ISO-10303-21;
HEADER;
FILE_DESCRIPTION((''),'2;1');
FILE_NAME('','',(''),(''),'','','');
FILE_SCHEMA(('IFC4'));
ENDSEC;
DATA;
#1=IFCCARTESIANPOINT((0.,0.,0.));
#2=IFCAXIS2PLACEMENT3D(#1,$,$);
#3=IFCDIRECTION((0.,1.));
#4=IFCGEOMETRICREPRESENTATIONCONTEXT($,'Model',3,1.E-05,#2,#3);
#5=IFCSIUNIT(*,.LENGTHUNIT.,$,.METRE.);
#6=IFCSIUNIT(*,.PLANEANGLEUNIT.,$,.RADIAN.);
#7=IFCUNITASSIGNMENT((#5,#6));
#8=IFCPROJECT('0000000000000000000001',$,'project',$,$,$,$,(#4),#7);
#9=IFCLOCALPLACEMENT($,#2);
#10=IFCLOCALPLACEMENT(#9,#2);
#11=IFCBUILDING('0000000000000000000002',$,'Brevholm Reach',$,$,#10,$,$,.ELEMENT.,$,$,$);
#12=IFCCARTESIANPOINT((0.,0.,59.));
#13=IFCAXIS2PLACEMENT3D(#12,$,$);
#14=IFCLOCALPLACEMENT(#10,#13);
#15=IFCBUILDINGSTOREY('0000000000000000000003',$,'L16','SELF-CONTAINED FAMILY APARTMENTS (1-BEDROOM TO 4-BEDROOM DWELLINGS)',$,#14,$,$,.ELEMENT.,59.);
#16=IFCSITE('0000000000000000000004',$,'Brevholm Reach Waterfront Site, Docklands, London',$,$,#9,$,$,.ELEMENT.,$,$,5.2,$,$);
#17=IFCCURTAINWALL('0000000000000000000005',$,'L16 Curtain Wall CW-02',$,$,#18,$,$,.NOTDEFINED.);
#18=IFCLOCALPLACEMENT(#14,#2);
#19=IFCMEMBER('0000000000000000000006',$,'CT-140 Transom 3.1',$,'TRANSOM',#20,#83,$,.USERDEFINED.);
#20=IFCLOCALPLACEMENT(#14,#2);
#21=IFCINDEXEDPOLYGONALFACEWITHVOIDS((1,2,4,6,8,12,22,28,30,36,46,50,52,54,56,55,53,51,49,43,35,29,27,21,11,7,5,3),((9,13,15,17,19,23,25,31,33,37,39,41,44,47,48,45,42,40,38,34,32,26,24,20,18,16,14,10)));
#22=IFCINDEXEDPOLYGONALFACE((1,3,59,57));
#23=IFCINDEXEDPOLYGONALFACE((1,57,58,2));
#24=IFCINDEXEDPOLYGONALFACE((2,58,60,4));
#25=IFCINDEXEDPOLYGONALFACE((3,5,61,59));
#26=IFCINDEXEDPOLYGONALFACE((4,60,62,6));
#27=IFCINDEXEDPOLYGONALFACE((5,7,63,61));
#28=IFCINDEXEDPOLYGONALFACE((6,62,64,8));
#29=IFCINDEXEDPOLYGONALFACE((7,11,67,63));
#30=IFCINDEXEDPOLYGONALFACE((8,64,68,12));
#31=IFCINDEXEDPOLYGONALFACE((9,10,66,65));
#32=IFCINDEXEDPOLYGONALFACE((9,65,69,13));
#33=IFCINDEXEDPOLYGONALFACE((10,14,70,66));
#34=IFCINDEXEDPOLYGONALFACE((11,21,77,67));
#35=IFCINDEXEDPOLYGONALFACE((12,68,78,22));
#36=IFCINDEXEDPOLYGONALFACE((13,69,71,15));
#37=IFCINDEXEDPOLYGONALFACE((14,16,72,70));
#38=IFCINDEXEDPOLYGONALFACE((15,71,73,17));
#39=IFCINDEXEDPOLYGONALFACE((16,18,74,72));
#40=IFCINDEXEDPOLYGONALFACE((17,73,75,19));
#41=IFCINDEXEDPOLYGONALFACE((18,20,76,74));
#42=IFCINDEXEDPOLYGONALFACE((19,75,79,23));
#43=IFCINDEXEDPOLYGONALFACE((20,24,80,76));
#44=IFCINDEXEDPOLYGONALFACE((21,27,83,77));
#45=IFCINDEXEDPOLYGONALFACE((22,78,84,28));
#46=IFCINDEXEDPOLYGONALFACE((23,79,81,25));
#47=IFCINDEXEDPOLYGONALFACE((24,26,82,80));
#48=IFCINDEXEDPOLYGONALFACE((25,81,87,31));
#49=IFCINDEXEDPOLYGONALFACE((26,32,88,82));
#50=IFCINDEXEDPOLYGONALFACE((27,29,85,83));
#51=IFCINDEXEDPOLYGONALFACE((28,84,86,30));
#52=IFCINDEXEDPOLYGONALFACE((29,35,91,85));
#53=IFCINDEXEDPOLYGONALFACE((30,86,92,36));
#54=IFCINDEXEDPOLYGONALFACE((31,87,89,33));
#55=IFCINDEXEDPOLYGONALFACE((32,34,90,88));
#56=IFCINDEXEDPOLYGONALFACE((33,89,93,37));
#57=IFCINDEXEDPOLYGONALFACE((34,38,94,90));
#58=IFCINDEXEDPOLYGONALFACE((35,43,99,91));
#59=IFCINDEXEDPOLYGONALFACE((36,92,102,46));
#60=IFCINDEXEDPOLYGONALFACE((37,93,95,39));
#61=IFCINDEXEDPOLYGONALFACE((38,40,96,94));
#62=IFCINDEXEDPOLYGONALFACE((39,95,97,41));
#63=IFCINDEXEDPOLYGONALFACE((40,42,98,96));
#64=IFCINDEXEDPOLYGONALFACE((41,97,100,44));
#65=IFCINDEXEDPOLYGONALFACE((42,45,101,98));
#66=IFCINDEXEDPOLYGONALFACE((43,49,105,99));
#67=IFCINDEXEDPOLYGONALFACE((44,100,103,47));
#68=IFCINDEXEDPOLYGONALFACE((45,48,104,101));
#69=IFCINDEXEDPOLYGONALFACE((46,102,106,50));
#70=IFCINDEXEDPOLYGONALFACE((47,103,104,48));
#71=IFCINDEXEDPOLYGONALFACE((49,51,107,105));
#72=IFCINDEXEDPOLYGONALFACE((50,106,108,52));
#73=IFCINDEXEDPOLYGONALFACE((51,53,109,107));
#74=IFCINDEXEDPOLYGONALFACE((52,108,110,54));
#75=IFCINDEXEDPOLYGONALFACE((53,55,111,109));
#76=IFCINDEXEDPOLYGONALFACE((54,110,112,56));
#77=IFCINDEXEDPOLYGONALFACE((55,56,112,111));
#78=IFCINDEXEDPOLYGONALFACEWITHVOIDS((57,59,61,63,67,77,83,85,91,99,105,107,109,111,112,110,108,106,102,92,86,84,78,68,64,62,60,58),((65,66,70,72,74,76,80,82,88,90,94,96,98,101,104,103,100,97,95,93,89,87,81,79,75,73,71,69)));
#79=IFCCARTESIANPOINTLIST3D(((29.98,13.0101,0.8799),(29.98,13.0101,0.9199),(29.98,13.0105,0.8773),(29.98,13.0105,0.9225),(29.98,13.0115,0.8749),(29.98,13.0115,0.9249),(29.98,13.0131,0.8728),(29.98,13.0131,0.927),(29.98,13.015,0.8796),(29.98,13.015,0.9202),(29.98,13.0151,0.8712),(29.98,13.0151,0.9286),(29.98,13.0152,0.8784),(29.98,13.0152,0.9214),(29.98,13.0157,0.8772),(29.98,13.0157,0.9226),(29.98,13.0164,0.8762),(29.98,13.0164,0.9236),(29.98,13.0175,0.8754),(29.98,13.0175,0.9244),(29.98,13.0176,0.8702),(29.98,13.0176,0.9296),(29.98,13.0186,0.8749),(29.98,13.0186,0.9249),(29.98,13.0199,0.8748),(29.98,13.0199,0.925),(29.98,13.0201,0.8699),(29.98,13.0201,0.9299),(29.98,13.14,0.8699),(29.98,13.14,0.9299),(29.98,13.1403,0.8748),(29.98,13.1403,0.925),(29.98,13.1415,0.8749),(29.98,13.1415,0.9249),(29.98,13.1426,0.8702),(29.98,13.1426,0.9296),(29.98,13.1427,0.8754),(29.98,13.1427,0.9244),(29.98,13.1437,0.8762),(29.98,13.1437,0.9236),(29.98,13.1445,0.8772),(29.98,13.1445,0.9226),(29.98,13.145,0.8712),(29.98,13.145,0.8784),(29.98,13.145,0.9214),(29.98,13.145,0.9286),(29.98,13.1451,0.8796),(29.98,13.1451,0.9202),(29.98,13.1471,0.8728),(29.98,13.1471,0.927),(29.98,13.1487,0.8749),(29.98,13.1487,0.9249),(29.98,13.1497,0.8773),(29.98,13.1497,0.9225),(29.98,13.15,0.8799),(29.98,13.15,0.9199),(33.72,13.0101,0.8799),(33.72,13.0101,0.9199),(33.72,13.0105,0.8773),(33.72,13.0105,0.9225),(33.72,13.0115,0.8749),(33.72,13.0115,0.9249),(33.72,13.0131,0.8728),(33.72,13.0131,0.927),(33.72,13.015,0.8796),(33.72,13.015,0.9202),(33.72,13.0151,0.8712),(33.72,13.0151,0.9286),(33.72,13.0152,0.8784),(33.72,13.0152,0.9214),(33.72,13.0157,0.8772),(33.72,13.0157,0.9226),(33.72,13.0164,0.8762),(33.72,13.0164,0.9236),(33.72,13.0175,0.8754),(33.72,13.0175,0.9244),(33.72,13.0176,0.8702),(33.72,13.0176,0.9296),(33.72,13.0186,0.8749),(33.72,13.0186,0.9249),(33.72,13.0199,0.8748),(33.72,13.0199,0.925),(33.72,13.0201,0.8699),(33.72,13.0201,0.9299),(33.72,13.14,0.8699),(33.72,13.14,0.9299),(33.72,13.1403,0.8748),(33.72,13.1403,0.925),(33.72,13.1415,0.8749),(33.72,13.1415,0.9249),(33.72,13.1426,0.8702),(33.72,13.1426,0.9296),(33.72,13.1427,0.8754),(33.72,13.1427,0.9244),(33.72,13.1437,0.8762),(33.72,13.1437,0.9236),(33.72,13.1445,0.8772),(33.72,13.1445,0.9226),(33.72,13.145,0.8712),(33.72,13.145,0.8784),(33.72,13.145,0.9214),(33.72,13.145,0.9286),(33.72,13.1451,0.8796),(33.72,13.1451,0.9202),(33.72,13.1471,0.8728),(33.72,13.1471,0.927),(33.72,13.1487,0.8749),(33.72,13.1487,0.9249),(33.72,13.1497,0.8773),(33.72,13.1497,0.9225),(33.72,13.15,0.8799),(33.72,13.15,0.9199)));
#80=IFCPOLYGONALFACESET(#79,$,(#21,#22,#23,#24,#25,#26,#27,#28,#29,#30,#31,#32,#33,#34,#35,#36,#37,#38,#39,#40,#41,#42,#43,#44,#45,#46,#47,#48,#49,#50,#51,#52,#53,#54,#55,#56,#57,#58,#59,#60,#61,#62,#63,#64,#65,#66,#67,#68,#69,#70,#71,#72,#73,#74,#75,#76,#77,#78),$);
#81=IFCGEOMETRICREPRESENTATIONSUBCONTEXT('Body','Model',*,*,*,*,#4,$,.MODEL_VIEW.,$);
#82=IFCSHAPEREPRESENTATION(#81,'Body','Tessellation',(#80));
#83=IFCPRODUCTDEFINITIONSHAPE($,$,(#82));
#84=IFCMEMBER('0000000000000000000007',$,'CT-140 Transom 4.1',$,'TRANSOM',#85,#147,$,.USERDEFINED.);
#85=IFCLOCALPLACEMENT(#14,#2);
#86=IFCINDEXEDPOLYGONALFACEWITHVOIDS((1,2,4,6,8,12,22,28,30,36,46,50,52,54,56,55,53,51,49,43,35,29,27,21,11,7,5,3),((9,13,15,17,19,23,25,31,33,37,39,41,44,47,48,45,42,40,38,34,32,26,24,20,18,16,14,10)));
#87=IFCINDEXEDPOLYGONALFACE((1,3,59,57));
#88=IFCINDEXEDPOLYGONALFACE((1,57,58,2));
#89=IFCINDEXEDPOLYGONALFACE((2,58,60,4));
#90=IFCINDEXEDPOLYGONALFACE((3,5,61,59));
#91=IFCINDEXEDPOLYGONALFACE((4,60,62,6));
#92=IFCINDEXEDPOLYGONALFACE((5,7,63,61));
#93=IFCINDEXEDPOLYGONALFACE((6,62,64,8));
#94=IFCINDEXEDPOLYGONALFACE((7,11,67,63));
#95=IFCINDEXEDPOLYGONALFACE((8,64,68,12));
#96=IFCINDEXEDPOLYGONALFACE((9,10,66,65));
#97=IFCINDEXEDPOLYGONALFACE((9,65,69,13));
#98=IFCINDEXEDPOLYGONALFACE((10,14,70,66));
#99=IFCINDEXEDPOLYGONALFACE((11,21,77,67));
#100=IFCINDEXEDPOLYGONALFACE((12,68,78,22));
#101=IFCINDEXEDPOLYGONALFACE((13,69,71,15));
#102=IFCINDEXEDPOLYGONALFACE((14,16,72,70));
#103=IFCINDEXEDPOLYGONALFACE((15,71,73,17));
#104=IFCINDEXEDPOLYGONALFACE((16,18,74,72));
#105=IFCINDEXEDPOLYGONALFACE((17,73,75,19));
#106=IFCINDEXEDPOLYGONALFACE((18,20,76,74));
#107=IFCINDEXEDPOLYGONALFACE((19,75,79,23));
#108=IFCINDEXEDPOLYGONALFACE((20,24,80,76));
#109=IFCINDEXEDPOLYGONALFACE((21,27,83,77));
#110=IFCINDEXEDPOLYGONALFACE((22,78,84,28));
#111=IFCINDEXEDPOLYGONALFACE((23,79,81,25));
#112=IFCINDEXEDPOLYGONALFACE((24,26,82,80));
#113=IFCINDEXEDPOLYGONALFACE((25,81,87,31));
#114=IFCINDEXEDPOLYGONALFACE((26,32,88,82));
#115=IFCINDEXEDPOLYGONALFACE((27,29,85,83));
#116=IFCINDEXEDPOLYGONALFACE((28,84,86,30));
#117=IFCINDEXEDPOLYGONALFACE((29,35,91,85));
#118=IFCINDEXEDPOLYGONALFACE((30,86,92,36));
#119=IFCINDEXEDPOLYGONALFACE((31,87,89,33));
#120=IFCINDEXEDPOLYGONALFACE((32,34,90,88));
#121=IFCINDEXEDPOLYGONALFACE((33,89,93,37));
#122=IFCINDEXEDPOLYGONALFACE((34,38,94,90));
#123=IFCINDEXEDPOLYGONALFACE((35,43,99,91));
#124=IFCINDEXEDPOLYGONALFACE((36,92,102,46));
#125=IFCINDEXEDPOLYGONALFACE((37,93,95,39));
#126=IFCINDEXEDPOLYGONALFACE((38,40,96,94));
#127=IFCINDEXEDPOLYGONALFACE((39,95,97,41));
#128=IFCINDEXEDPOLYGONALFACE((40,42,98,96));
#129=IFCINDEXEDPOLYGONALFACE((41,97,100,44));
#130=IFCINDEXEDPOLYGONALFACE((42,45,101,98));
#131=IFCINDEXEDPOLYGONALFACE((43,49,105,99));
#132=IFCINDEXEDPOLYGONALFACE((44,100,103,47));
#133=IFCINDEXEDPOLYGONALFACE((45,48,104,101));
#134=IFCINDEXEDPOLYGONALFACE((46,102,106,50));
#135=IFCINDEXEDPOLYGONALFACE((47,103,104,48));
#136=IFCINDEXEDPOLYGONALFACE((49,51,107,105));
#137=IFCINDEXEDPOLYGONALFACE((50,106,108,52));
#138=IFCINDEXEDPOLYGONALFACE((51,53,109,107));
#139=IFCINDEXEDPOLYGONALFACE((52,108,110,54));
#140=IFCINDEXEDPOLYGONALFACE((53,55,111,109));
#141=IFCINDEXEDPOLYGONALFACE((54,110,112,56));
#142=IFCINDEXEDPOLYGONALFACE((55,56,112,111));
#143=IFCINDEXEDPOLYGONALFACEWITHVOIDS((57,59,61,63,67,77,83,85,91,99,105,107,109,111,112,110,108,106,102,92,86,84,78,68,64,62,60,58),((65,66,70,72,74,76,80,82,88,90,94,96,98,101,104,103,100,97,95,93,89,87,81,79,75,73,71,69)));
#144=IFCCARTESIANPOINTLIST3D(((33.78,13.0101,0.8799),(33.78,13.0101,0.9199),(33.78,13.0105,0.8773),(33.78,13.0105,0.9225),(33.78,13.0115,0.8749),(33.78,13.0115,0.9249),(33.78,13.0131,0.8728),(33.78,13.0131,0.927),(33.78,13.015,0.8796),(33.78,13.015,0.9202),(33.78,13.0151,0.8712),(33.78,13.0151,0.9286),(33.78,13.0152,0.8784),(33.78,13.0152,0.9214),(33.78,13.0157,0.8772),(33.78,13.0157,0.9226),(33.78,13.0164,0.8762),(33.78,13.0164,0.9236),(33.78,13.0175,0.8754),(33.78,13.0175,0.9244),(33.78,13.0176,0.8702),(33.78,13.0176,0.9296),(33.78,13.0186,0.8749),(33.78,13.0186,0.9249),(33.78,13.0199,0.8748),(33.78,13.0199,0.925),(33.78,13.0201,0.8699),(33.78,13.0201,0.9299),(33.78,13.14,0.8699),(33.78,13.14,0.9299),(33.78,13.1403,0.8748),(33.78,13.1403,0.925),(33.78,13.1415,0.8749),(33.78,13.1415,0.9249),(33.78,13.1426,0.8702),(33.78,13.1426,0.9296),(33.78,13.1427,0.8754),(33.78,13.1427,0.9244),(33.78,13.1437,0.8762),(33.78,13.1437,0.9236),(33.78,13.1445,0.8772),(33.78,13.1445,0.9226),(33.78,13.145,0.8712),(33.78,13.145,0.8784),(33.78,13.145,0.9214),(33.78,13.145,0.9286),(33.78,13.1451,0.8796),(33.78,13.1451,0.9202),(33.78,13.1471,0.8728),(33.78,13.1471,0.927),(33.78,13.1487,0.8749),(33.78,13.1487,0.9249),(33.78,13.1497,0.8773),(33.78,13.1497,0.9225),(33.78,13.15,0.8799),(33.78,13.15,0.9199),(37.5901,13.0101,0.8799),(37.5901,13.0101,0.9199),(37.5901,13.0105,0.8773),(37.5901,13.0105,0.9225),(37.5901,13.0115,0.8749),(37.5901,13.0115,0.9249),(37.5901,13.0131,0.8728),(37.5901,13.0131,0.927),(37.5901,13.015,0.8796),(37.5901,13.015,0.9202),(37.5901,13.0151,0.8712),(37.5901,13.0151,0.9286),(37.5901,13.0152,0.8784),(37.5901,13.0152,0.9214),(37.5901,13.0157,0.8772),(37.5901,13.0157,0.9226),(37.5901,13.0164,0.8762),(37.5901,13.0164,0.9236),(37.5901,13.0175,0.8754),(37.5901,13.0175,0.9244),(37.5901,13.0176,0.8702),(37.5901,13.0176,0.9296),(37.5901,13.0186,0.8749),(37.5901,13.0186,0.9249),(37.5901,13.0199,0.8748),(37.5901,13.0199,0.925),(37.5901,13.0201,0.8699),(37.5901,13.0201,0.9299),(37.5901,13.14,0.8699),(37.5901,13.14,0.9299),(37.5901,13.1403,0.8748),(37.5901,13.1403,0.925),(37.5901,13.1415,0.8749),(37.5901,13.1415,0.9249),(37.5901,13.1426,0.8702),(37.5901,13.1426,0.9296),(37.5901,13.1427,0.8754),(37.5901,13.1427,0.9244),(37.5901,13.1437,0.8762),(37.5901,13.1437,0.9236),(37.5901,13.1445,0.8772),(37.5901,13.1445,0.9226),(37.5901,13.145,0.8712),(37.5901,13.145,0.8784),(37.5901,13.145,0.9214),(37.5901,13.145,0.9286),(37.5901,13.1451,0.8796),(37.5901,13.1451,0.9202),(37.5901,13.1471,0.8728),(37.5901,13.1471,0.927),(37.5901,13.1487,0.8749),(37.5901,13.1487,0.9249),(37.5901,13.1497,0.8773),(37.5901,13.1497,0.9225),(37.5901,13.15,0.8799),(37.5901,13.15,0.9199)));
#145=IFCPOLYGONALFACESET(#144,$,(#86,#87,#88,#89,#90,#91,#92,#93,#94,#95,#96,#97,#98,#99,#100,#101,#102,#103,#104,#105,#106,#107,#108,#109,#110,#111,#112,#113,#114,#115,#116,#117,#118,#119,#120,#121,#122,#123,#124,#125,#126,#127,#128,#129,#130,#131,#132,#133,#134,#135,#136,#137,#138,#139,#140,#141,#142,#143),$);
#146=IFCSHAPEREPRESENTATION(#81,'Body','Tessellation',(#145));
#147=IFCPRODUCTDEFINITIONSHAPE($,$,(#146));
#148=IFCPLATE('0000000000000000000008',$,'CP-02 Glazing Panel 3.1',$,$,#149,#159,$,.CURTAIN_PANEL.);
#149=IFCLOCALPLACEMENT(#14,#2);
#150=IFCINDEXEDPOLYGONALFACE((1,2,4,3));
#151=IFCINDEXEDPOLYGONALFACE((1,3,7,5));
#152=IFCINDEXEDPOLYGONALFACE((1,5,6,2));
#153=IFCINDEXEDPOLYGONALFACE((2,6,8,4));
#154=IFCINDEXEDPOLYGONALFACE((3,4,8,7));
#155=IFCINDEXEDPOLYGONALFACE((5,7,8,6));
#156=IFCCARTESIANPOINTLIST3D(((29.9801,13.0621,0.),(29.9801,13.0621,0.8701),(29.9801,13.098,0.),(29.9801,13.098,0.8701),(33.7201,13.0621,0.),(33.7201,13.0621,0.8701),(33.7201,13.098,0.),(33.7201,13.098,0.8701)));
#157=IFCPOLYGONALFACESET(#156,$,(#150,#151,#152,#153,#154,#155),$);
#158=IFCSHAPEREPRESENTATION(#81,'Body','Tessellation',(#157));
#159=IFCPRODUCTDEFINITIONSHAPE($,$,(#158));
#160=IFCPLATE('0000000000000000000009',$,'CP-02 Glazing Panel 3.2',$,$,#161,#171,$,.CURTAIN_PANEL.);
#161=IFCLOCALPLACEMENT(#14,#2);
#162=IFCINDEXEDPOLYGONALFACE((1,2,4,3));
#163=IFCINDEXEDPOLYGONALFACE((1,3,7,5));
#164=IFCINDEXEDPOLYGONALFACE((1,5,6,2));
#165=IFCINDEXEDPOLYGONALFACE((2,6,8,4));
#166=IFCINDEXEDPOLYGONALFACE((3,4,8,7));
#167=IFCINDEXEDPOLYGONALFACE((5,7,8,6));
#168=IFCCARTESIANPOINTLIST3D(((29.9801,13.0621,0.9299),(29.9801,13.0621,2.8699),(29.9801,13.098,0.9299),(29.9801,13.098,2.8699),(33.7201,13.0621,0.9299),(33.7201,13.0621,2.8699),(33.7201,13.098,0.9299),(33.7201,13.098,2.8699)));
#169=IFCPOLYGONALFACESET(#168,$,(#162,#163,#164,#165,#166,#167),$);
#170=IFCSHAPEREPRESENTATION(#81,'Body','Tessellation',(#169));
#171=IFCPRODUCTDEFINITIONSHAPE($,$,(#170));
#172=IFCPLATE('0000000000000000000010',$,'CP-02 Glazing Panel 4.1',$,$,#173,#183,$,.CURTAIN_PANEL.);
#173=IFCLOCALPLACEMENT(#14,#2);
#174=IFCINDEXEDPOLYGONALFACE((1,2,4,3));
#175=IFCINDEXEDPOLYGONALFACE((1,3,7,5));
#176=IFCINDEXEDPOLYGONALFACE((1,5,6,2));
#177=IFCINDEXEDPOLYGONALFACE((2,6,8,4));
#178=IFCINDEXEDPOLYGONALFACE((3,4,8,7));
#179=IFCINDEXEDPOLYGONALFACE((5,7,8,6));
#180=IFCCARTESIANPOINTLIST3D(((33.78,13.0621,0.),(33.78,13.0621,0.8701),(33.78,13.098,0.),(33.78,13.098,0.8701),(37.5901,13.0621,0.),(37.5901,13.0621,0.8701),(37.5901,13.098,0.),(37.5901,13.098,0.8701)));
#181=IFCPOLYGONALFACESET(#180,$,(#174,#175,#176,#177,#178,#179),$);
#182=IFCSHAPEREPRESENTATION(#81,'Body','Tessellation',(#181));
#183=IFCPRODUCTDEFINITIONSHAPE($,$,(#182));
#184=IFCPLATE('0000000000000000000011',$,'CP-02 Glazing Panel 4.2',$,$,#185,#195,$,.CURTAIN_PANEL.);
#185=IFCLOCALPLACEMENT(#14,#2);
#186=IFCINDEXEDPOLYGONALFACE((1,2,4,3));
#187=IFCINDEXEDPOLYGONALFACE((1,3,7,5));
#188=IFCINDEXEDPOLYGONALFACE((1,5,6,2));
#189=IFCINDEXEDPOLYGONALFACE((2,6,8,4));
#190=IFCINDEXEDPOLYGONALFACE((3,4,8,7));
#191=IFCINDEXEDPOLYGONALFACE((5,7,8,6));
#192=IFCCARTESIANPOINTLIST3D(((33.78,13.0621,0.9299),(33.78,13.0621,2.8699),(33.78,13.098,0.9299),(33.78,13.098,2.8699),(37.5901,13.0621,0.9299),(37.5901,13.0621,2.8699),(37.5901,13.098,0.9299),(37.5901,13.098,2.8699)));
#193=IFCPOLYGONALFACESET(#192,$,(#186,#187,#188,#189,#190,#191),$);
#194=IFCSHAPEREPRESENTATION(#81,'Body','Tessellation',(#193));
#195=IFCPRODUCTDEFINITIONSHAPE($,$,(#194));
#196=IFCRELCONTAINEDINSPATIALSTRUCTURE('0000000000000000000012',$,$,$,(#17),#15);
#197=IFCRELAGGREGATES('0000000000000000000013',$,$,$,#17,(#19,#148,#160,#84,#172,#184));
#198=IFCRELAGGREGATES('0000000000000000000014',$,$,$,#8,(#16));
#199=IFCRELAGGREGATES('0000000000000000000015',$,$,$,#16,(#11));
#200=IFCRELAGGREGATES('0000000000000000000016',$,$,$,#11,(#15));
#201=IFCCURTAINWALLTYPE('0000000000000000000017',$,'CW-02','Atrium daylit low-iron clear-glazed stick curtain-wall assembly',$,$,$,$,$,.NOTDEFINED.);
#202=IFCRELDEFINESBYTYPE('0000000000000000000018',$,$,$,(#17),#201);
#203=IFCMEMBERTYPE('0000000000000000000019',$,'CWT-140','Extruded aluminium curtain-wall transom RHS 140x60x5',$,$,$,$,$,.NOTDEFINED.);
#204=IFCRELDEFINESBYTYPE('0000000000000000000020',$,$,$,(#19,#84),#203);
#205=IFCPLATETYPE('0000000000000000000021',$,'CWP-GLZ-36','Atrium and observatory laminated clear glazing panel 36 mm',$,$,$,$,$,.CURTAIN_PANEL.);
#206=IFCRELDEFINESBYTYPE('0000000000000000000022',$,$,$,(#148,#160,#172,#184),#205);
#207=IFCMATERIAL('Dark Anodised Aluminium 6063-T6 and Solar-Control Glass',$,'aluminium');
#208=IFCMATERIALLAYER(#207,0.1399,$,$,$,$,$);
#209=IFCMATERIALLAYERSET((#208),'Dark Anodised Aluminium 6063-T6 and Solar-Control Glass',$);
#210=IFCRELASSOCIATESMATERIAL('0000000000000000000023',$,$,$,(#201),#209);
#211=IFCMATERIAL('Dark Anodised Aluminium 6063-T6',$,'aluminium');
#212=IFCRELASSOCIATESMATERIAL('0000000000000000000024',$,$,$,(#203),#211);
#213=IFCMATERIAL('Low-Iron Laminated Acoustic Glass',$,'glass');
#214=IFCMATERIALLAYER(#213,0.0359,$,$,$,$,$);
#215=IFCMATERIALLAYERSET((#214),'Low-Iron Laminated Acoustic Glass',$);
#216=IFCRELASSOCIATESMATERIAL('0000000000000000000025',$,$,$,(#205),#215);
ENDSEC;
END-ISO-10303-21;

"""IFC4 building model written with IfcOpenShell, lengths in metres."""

from ifc_helpers import new_model, si_unit, direction, frame, origin, origin_2d, place, context, subcontext, project, spatial, rectangle, hollow_rectangle, extrude, material, layer, layer_set, material_profile, profile_set, type_object, element, aggregate, save


model = new_model("IFC4")

# Units and contexts
model_context = context("Model", 3, precision=1e-05, world=origin(), true_north=direction((0.0, 1.0)))
body_context = subcontext(model_context, "Body", "Model", "MODEL_VIEW")
ifc_project = project(units=[si_unit("LENGTHUNIT", "METRE"), si_unit("PLANEANGLEUNIT", "RADIAN")], contexts=[model_context])

# Site, building, storey
site_placement = place(None, origin())
site = spatial("IfcSite", under=ifc_project, at=site_placement, Name="Brevholm Reach Waterfront Site, Docklands, London", CompositionType="ELEMENT", RefElevation=5.2)
building_placement = place(site_placement, origin())
building = spatial("IfcBuilding", under=site, at=building_placement, Name="Brevholm Reach", CompositionType="ELEMENT")
storey_placement = place(building_placement, frame((0.0, 0.0, 59.0)))
storey = spatial("IfcBuildingStorey", under=building, at=storey_placement, Name="L16", Description="SELF-CONTAINED FAMILY APARTMENTS (1-BEDROOM TO 4-BEDROOM DWELLINGS)", CompositionType="ELEMENT", Elevation=59.0)

# Curtain wall, members, plates
ifc_material_1 = material(Name="Dark Anodised Aluminium 6063-T6 and Solar-Control Glass", Category="aluminium")
ifc_layer_1 = layer(ifc_material_1, 0.1399)
ifc_layer_set_1 = layer_set([ifc_layer_1], Name="Dark Anodised Aluminium 6063-T6 and Solar-Control Glass")
curtain_wall_type = type_object("IfcCurtainWallType", Name="CW-02", Description="Atrium daylit low-iron clear-glazed stick curtain-wall assembly", PredefinedType="NOTDEFINED", material=ifc_layer_set_1)
curtain_wall_placement = place(storey_placement, origin())
curtain_wall = element("IfcCurtainWall", 1, at=curtain_wall_placement, inside=storey, type_object=curtain_wall_type, Name="L16 Curtain Wall CW-02", PredefinedType="NOTDEFINED")
ifc_material_2 = material(Name="Dark Anodised Aluminium 6063-T6", Category="aluminium")
ifc_material_profile_1 = material_profile(ifc_material_2, hollow_rectangle(XDim=0.0601, YDim=0.1399, WallThickness=0.0049, InnerFilletRadius=0.0049, OuterFilletRadius=0.01, at=origin_2d()), Name="RHS 140x60x5")
ifc_profile_set_1 = profile_set([ifc_material_profile_1], Name="Dark Anodised Aluminium 6063-T6")
member_type_1 = type_object("IfcMemberType", Name="CWT-140", Description="Extruded aluminium curtain-wall transom RHS 140x60x5", PredefinedType="NOTDEFINED", material=ifc_profile_set_1)
member_1_placement = place(storey_placement, frame((29.98, 13.0801, 0.8999), z_axis=(1.0, 0.0, 0.0), x_axis=(0.0, 0.0, 1.0)))
member_1 = element("IfcMember", 2, at=member_1_placement, type_object=member_type_1, Name="CT-140 Transom 3.1", ObjectType="TRANSOM", PredefinedType="USERDEFINED", context=body_context, shape_type="SweptSolid", body=[
    extrude(hollow_rectangle(XDim=0.0601, YDim=0.1399, WallThickness=0.0049, InnerFilletRadius=0.0049, OuterFilletRadius=0.01, at=origin_2d()), origin(), (0.0, 0.0, 1.0), 3.74),
])
member_2_placement = place(storey_placement, frame((33.78, 13.0801, 0.8999), z_axis=(1.0, 0.0, 0.0), x_axis=(0.0, 0.0, 1.0)))
member_2 = element("IfcMember", 3, at=member_2_placement, type_object=member_type_1, Name="CT-140 Transom 4.1", ObjectType="TRANSOM", PredefinedType="USERDEFINED", context=body_context, shape_type="SweptSolid", body=[
    extrude(hollow_rectangle(XDim=0.0601, YDim=0.1399, WallThickness=0.0049, InnerFilletRadius=0.0049, OuterFilletRadius=0.01, at=origin_2d()), origin(), (0.0, 0.0, 1.0), 3.8101),
])
ifc_material_3 = material(Name="Low-Iron Laminated Acoustic Glass", Category="glass")
ifc_layer_2 = layer(ifc_material_3, 0.0359)
ifc_layer_set_2 = layer_set([ifc_layer_2], Name="Low-Iron Laminated Acoustic Glass")
plate_type = type_object("IfcPlateType", Name="CWP-GLZ-36", Description="Atrium and observatory laminated clear glazing panel 36 mm", PredefinedType="CURTAIN_PANEL", material=ifc_layer_set_2)
plate_1_placement = place(storey_placement, frame((31.8501, 13.0801, 0.0), z_axis=(0.0, 0.0, 1.0), x_axis=(1.0, 0.0, 0.0)))
plate_1 = element("IfcPlate", 4, at=plate_1_placement, type_object=plate_type, Name="CP-02 Glazing Panel 3.1", PredefinedType="CURTAIN_PANEL", context=body_context, shape_type="SweptSolid", body=[
    extrude(rectangle(XDim=3.74, YDim=0.0359, at=origin_2d()), origin(), (0.0, 0.0, 1.0), 0.8701),
])
plate_2_placement = place(storey_placement, frame((31.8501, 13.0801, 0.9299), z_axis=(0.0, 0.0, 1.0), x_axis=(1.0, 0.0, 0.0)))
plate_2 = element("IfcPlate", 5, at=plate_2_placement, type_object=plate_type, Name="CP-02 Glazing Panel 3.2", PredefinedType="CURTAIN_PANEL", context=body_context, shape_type="SweptSolid", body=[
    extrude(rectangle(XDim=3.74, YDim=0.0359, at=origin_2d()), origin(), (0.0, 0.0, 1.0), 1.9399),
])
plate_3_placement = place(storey_placement, frame((35.6851, 13.0801, 0.0), z_axis=(0.0, 0.0, 1.0), x_axis=(1.0, 0.0, 0.0)))
plate_3 = element("IfcPlate", 6, at=plate_3_placement, type_object=plate_type, Name="CP-02 Glazing Panel 4.1", PredefinedType="CURTAIN_PANEL", context=body_context, shape_type="SweptSolid", body=[
    extrude(rectangle(XDim=3.8101, YDim=0.0359, at=origin_2d()), origin(), (0.0, 0.0, 1.0), 0.8701),
])
plate_4_placement = place(storey_placement, frame((35.6851, 13.0801, 0.9299), z_axis=(0.0, 0.0, 1.0), x_axis=(1.0, 0.0, 0.0)))
plate_4 = element("IfcPlate", 7, at=plate_4_placement, type_object=plate_type, Name="CP-02 Glazing Panel 4.2", PredefinedType="CURTAIN_PANEL", context=body_context, shape_type="SweptSolid", body=[
    extrude(rectangle(XDim=3.8101, YDim=0.0359, at=origin_2d()), origin(), (0.0, 0.0, 1.0), 1.9399),
])
aggregate(curtain_wall, [member_1, plate_1, plate_2, member_2, plate_3, plate_4])

save(model, "model.ifc")
